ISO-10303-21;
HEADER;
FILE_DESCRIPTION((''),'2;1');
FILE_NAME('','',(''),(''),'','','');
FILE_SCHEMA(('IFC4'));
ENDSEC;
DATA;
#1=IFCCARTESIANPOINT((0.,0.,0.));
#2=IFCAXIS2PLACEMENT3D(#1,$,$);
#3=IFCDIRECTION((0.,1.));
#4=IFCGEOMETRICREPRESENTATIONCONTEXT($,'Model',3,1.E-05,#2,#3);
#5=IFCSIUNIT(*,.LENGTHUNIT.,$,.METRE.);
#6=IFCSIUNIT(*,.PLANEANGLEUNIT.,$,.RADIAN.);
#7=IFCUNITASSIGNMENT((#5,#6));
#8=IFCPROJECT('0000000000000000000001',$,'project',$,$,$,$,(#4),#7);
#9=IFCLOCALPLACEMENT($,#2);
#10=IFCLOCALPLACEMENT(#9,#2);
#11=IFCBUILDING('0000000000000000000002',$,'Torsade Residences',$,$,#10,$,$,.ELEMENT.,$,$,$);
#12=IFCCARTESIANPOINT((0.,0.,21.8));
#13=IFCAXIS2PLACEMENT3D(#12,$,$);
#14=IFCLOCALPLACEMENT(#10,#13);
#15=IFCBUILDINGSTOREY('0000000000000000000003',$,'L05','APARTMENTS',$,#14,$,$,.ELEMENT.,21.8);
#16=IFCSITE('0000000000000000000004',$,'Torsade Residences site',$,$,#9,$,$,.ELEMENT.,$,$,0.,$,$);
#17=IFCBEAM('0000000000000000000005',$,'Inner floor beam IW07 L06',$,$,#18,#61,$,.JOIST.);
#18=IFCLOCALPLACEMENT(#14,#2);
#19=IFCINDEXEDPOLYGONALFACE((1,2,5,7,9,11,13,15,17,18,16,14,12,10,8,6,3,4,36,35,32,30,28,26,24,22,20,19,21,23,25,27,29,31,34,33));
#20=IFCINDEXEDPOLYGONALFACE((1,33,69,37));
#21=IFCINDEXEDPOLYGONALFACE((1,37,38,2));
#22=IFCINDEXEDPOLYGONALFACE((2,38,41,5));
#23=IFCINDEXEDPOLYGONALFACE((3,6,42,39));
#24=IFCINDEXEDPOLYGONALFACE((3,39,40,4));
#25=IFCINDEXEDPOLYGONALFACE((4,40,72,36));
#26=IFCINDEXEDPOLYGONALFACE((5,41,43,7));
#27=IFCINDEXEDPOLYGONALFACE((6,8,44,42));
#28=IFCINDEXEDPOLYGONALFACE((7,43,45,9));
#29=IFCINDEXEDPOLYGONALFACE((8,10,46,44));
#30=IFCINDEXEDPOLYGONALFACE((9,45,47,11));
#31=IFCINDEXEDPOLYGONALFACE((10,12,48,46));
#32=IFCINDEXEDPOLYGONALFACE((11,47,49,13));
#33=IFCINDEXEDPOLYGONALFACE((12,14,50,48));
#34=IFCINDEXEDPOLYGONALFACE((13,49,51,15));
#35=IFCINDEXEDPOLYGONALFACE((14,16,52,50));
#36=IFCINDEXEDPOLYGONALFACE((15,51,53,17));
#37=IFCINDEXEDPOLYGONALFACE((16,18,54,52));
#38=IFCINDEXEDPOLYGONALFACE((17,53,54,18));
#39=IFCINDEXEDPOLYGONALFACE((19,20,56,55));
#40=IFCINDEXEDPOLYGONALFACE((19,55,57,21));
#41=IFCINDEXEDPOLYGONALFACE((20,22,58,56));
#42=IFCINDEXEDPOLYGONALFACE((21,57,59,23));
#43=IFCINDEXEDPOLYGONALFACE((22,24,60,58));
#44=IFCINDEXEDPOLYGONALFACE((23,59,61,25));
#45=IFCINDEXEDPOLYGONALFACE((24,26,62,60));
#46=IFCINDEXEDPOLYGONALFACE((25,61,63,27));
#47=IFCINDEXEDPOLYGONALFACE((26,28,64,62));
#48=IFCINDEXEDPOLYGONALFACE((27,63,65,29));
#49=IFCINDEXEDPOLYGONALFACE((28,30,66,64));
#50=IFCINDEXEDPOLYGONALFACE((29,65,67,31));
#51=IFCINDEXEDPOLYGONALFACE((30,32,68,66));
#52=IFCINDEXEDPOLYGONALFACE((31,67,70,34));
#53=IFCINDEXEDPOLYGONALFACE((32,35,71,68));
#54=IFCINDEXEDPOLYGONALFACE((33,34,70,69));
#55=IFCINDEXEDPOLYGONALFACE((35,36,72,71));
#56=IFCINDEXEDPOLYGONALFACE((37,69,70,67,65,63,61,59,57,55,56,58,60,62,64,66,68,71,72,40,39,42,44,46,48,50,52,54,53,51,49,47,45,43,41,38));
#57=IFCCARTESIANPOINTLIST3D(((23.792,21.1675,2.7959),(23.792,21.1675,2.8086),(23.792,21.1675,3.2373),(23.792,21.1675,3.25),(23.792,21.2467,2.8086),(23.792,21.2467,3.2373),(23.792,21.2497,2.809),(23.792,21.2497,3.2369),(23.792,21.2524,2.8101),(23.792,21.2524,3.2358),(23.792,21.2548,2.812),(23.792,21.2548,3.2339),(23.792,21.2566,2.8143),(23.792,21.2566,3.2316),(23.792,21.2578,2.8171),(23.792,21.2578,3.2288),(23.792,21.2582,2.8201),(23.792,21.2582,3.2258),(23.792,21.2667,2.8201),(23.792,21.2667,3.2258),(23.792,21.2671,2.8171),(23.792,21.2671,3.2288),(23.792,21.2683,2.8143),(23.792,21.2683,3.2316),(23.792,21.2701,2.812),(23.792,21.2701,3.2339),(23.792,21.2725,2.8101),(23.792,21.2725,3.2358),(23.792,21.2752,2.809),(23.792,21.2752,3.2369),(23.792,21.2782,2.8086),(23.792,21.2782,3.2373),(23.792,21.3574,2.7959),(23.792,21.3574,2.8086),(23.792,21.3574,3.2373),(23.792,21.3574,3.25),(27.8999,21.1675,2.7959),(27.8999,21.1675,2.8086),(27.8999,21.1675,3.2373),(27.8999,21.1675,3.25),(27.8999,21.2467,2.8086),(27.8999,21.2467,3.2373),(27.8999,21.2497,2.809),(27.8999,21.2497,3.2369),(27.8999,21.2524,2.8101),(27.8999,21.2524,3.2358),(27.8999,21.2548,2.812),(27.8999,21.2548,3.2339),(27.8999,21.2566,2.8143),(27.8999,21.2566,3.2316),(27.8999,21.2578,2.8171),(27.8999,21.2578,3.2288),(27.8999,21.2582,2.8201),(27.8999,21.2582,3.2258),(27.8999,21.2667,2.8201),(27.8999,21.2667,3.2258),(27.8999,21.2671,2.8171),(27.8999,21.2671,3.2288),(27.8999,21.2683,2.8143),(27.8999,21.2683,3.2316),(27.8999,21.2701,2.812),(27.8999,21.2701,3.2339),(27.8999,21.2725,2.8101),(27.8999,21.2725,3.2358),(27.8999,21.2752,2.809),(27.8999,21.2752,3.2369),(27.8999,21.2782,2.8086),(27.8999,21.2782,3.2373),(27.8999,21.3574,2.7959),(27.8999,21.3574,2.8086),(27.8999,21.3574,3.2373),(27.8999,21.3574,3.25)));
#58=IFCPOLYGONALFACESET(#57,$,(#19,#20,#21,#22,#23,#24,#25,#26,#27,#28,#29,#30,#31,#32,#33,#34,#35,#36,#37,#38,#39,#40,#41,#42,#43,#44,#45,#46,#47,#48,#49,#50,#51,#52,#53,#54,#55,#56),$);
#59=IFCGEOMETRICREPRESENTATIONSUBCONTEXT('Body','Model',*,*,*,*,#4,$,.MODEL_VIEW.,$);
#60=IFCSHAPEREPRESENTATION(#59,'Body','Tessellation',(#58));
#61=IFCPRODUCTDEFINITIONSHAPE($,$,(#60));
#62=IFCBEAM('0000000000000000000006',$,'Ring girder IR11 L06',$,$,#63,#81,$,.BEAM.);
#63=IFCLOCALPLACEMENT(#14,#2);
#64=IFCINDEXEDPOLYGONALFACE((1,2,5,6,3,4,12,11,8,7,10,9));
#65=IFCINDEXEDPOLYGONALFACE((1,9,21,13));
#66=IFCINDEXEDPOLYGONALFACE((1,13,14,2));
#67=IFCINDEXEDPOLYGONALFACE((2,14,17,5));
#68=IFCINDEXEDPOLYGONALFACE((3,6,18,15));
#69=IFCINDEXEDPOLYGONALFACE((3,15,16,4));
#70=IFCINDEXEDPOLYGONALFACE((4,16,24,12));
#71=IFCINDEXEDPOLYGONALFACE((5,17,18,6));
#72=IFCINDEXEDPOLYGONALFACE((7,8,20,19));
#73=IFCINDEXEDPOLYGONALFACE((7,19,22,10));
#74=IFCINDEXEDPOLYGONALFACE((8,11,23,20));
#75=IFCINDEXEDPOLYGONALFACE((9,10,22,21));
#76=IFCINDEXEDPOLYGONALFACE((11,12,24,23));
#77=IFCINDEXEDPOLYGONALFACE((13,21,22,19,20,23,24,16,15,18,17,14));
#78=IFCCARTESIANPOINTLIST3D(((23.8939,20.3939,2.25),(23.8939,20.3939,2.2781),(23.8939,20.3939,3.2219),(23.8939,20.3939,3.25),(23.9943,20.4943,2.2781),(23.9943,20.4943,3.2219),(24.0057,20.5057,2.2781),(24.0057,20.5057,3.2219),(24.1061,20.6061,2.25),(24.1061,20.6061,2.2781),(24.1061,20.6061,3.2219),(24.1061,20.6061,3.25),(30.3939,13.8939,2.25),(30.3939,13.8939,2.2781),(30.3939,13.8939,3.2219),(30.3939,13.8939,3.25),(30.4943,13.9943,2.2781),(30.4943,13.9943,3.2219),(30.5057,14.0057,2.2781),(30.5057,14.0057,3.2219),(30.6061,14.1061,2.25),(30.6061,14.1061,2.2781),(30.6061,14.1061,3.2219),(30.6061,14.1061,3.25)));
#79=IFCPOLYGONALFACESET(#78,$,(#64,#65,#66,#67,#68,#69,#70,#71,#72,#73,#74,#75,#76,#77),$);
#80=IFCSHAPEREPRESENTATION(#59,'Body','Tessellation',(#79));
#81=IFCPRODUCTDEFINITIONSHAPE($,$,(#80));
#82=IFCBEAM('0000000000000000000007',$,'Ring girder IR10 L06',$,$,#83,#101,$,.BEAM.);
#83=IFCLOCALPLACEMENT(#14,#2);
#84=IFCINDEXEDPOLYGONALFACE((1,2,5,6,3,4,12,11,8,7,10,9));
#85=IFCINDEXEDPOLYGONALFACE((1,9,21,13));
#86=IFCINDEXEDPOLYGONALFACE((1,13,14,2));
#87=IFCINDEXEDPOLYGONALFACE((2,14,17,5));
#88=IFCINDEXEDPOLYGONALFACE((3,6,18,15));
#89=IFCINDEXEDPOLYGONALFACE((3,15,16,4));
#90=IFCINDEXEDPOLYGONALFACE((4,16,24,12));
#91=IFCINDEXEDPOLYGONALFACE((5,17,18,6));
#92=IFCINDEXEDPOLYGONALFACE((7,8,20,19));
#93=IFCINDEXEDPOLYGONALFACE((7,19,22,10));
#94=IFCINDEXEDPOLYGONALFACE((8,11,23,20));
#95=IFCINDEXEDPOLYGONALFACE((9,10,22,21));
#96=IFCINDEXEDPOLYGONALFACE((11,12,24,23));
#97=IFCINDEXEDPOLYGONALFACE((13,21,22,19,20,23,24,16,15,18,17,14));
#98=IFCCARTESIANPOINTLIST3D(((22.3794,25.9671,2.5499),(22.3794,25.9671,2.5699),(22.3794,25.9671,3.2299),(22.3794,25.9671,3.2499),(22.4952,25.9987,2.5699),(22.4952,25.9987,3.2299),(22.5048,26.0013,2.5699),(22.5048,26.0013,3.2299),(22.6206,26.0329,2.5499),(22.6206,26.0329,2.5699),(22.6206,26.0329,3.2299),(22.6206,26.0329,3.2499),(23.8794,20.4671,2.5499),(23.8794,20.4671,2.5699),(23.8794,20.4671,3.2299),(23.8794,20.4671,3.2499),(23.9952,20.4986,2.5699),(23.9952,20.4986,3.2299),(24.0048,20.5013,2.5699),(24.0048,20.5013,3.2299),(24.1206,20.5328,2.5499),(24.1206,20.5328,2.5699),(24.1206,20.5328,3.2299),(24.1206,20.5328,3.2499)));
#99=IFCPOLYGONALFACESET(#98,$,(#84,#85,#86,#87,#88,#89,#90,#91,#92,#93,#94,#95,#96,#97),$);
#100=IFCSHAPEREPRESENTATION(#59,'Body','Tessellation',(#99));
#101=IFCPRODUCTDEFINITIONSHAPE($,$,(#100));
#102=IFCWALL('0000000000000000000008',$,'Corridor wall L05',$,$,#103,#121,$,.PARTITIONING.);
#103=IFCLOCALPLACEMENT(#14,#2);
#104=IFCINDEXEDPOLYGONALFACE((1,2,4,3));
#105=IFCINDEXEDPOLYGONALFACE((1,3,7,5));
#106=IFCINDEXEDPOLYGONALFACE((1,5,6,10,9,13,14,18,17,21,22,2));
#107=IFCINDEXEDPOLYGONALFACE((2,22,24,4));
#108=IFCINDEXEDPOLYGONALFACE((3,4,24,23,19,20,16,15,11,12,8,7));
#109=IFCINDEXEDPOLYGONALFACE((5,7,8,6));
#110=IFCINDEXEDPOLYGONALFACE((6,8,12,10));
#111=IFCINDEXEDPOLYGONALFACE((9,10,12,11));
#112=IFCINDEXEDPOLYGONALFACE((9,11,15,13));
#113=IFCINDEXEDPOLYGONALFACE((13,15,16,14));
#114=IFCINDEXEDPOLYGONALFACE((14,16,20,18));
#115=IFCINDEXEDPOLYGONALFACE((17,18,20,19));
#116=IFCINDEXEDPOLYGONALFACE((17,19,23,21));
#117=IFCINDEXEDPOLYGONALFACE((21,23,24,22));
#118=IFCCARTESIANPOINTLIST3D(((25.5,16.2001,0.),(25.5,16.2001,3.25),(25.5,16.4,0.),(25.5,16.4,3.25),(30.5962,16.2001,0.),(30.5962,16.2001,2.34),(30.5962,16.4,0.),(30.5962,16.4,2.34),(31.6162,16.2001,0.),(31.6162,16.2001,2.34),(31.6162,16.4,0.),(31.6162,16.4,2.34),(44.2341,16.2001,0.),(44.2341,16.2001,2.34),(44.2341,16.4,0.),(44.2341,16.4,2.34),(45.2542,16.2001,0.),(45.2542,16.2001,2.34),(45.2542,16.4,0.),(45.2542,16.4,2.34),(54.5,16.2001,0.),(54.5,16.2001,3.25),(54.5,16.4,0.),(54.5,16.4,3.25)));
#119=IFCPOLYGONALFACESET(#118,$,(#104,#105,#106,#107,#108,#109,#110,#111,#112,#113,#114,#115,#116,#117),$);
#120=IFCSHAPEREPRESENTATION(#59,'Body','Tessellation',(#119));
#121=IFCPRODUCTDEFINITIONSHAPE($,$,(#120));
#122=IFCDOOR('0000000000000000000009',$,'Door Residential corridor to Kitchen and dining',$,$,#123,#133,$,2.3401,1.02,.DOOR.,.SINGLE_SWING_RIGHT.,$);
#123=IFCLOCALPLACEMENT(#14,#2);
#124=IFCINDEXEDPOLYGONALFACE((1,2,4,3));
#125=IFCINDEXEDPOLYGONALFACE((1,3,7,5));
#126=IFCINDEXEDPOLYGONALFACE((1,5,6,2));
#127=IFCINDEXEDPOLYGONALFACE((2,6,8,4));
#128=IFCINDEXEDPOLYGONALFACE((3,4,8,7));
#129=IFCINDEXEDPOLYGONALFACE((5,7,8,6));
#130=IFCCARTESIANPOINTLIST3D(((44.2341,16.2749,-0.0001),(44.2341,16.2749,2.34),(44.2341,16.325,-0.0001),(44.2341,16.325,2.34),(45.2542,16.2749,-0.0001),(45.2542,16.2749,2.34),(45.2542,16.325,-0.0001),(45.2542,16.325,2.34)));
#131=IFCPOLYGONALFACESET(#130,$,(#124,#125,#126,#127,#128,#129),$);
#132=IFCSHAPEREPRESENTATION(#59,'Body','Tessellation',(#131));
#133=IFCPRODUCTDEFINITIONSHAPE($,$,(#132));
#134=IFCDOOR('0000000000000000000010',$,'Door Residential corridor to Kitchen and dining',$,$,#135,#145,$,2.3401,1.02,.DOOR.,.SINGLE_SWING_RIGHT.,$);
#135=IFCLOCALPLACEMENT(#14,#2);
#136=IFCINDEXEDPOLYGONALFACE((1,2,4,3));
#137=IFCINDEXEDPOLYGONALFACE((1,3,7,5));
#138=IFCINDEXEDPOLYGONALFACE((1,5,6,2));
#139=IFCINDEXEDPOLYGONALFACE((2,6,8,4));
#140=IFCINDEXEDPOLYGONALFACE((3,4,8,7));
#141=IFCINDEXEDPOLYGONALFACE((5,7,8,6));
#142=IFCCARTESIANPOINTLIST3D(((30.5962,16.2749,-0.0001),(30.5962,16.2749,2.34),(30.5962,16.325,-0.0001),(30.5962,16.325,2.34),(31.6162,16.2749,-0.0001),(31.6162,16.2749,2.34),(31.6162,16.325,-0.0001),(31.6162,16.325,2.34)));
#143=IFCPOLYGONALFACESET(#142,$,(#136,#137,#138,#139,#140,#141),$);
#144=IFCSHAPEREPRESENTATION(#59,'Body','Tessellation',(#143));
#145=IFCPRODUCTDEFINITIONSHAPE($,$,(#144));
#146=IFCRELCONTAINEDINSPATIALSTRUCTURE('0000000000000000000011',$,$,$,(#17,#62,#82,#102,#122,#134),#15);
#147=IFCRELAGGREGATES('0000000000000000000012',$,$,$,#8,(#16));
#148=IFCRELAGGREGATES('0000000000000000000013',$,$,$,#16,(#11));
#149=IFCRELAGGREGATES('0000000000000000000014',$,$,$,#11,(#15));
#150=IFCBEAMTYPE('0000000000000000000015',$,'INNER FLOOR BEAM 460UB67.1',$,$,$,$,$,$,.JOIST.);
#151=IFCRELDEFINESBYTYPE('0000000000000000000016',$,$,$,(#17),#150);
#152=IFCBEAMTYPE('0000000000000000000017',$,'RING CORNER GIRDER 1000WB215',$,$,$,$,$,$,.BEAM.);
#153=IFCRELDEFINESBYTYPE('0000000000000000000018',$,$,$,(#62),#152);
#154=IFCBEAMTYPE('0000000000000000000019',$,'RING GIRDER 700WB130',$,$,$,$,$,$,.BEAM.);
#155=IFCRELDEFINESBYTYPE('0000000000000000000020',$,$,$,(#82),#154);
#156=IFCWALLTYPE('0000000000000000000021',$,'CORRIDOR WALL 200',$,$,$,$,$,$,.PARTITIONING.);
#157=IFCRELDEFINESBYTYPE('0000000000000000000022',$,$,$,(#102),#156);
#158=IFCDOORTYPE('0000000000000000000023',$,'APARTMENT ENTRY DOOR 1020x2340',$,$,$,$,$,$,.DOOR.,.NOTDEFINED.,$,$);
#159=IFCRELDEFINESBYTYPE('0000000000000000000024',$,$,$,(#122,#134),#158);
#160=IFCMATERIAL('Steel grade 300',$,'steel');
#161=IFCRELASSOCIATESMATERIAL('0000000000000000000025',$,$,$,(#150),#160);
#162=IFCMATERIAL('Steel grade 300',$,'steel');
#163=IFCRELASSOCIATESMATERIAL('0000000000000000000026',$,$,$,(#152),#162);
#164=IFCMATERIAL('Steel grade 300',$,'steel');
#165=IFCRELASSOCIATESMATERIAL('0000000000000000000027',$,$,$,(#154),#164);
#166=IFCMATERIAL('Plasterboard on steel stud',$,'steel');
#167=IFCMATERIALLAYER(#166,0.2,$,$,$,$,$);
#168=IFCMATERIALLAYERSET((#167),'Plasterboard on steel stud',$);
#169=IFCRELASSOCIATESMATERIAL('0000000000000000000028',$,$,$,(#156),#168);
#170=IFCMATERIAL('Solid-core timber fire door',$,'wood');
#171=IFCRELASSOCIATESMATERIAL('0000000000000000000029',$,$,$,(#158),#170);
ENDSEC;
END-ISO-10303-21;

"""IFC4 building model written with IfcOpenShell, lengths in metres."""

from ifc_helpers import new_model, si_unit, direction, frame, frame_2d, origin, origin_2d, place, context, subcontext, project, spatial, rectangle, i_section, extrude, material, layer, layer_set, material_profile, profile_set, type_object, element, fill, save


model = new_model("IFC4")

# Units and contexts
model_context = context("Model", 3, precision=1e-05, world=origin(), true_north=direction((0.0, 1.0)))
body_context = subcontext(model_context, "Body", "Model", "MODEL_VIEW")
ifc_project = project(units=[si_unit("LENGTHUNIT", "METRE"), si_unit("PLANEANGLEUNIT", "RADIAN")], contexts=[model_context])

# Site, building, storey
site_placement = place(None, origin())
site = spatial("IfcSite", under=ifc_project, at=site_placement, Name="Torsade Residences site", CompositionType="ELEMENT", RefElevation=0.0)
building_placement = place(site_placement, origin())
building = spatial("IfcBuilding", under=site, at=building_placement, Name="Torsade Residences", CompositionType="ELEMENT")
storey_placement = place(building_placement, frame((0.0, 0.0, 21.8)))
storey = spatial("IfcBuildingStorey", under=building, at=storey_placement, Name="L05", Description="APARTMENTS", CompositionType="ELEMENT", Elevation=21.8)

# Beams
ifc_material_1 = material(Name="Steel grade 300", Category="steel")
ifc_material_profile_1 = material_profile(ifc_material_1, i_section(OverallWidth=0.1899, OverallDepth=0.4541, WebThickness=0.0085, FlangeThickness=0.0127, FilletRadius=0.0115, at=origin_2d()), Name="460UB67.1")
ifc_profile_set_1 = profile_set([ifc_material_profile_1], Name="Steel grade 300")
beam_type_1 = type_object("IfcBeamType", Name="INNER FLOOR BEAM 460UB67.1", PredefinedType="JOIST", material=ifc_profile_set_1)
beam_1_placement = place(storey_placement, frame((27.8999, 21.2625, 3.0229), z_axis=(-1.0, 0.0, 0.0), x_axis=(0.0, -1.0, 0.0)))
element("IfcBeam", 1, at=beam_1_placement, inside=storey, type_object=beam_type_1, Name="Inner floor beam IW07 L06", PredefinedType="JOIST", context=body_context, shape_type="SweptSolid", body=[
    extrude(i_section(OverallWidth=0.1899, OverallDepth=0.4541, WebThickness=0.0085, FlangeThickness=0.0127, FilletRadius=0.0115, at=origin_2d()), origin(), (0.0, 0.0, 1.0), 4.1079),
])
ifc_material_2 = material(Name="Steel grade 300", Category="steel")
ifc_material_profile_2 = material_profile(ifc_material_2, i_section(OverallWidth=0.3, OverallDepth=1.0, WebThickness=0.0161, FlangeThickness=0.0281, at=origin_2d()), Name="1000WB215")
ifc_profile_set_2 = profile_set([ifc_material_profile_2], Name="Steel grade 300")
beam_type_2 = type_object("IfcBeamType", Name="RING CORNER GIRDER 1000WB215", PredefinedType="BEAM", material=ifc_profile_set_2)
beam_2_placement = place(storey_placement, frame((24.0, 20.5, 2.75), z_axis=(0.707107, -0.707107, 0.0), x_axis=(0.707107, 0.707107, 0.0)))
element("IfcBeam", 2, at=beam_2_placement, inside=storey, type_object=beam_type_2, Name="Ring girder IR11 L06", PredefinedType="BEAM", context=body_context, shape_type="SweptSolid", body=[
    extrude(i_section(OverallWidth=0.3, OverallDepth=1.0, WebThickness=0.0161, FlangeThickness=0.0281, at=origin_2d()), origin(), (0.0, 0.0, 1.0), 9.1924),
])
ifc_material_3 = material(Name="Steel grade 300", Category="steel")
ifc_material_profile_3 = material_profile(ifc_material_3, i_section(OverallWidth=0.25, OverallDepth=0.7, WebThickness=0.01, FlangeThickness=0.02, at=origin_2d()), Name="700WB130")
ifc_profile_set_3 = profile_set([ifc_material_profile_3], Name="Steel grade 300")
beam_type_3 = type_object("IfcBeamType", Name="RING GIRDER 700WB130", PredefinedType="BEAM", material=ifc_profile_set_3)
beam_3_placement = place(storey_placement, frame((22.5, 26.0, 2.8999), z_axis=(0.263117, -0.964764, 0.0), x_axis=(0.964764, 0.263117, 0.0)))
element("IfcBeam", 3, at=beam_3_placement, inside=storey, type_object=beam_type_3, Name="Ring girder IR10 L06", PredefinedType="BEAM", context=body_context, shape_type="SweptSolid", body=[
    extrude(i_section(OverallWidth=0.25, OverallDepth=0.7, WebThickness=0.01, FlangeThickness=0.02, at=origin_2d()), origin(), (0.0, 0.0, 1.0), 5.7009),
])

# Wall, openings, doors
ifc_material_4 = material(Name="Plasterboard on steel stud", Category="steel")
ifc_layer_1 = layer(ifc_material_4, 0.2)
ifc_layer_set_1 = layer_set([ifc_layer_1], Name="Plasterboard on steel stud")
wall_type_1 = type_object("IfcWallType", Name="CORRIDOR WALL 200", PredefinedType="PARTITIONING", material=ifc_layer_set_1)
wall_1_placement = place(storey_placement, frame((25.5, 16.3, 0.0), z_axis=(0.0, 0.0, 1.0), x_axis=(1.0, 0.0, 0.0)))
wall_1 = element("IfcWall", 4, at=wall_1_placement, inside=storey, type_object=wall_type_1, Name="Corridor wall L05", PredefinedType="PARTITIONING", context=body_context, shape_type="SweptSolid", body=[
    extrude(rectangle(XDim=29.0, YDim=0.2, at=frame_2d((14.5, 0.0))), origin(), (0.0, 0.0, 1.0), 3.25),
])
opening_1_placement = place(wall_1_placement, frame((18.7341, 0.0, 0.0)))
opening_1 = element("IfcOpeningElement", 5, at=opening_1_placement, cuts=wall_1, PredefinedType="OPENING", context=body_context, shape_type="SweptSolid", body=[
    extrude(rectangle(XDim=1.02, YDim=2.3401, at=frame_2d((0.51, 1.1699))), frame((0.0, 0.1099, 0.0), z_axis=(0.0, -1.0, 0.0), x_axis=(1.0, 0.0, 0.0)), (0.0, 0.0, 1.0), 0.22),
])
opening_2_placement = place(wall_1_placement, frame((5.0962, 0.0, 0.0)))
opening_2 = element("IfcOpeningElement", 6, at=opening_2_placement, cuts=wall_1, PredefinedType="OPENING", context=body_context, shape_type="SweptSolid", body=[
    extrude(rectangle(XDim=1.02, YDim=2.3401, at=frame_2d((0.51, 1.1699))), frame((0.0, 0.1099, 0.0), z_axis=(0.0, -1.0, 0.0), x_axis=(1.0, 0.0, 0.0)), (0.0, 0.0, 1.0), 0.22),
])
ifc_material_5 = material(Name="Solid-core timber fire door", Category="wood")
door_type_1 = type_object("IfcDoorType", Name="APARTMENT ENTRY DOOR 1020x2340", OperationType="NOTDEFINED", PredefinedType="DOOR", material=ifc_material_5)
door_1_placement = place(opening_1_placement, origin())
door_1 = element("IfcDoor", 7, at=door_1_placement, inside=storey, type_object=door_type_1, Name="Door Residential corridor to Kitchen and dining", OperationType="SINGLE_SWING_RIGHT", OverallHeight=2.3401, OverallWidth=1.02, PredefinedType="DOOR", context=body_context, shape_type="SweptSolid", body=[
    extrude(rectangle(XDim=1.02, YDim=2.3401, at=frame_2d((0.51, 1.1699))), frame((0.0, 0.0249, 0.0), z_axis=(0.0, -1.0, 0.0), x_axis=(1.0, 0.0, 0.0)), (0.0, 0.0, 1.0), 0.05),
])
fill(opening_1, door_1)
door_2_placement = place(opening_2_placement, origin())
door_2 = element("IfcDoor", 8, at=door_2_placement, inside=storey, type_object=door_type_1, Name="Door Residential corridor to Kitchen and dining", OperationType="SINGLE_SWING_RIGHT", OverallHeight=2.3401, OverallWidth=1.02, PredefinedType="DOOR", context=body_context, shape_type="SweptSolid", body=[
    extrude(rectangle(XDim=1.02, YDim=2.3401, at=frame_2d((0.51, 1.1699))), frame((0.0, 0.0249, 0.0), z_axis=(0.0, -1.0, 0.0), x_axis=(1.0, 0.0, 0.0)), (0.0, 0.0, 1.0), 0.05),
])
fill(opening_2, door_2)

save(model, "model.ifc")
